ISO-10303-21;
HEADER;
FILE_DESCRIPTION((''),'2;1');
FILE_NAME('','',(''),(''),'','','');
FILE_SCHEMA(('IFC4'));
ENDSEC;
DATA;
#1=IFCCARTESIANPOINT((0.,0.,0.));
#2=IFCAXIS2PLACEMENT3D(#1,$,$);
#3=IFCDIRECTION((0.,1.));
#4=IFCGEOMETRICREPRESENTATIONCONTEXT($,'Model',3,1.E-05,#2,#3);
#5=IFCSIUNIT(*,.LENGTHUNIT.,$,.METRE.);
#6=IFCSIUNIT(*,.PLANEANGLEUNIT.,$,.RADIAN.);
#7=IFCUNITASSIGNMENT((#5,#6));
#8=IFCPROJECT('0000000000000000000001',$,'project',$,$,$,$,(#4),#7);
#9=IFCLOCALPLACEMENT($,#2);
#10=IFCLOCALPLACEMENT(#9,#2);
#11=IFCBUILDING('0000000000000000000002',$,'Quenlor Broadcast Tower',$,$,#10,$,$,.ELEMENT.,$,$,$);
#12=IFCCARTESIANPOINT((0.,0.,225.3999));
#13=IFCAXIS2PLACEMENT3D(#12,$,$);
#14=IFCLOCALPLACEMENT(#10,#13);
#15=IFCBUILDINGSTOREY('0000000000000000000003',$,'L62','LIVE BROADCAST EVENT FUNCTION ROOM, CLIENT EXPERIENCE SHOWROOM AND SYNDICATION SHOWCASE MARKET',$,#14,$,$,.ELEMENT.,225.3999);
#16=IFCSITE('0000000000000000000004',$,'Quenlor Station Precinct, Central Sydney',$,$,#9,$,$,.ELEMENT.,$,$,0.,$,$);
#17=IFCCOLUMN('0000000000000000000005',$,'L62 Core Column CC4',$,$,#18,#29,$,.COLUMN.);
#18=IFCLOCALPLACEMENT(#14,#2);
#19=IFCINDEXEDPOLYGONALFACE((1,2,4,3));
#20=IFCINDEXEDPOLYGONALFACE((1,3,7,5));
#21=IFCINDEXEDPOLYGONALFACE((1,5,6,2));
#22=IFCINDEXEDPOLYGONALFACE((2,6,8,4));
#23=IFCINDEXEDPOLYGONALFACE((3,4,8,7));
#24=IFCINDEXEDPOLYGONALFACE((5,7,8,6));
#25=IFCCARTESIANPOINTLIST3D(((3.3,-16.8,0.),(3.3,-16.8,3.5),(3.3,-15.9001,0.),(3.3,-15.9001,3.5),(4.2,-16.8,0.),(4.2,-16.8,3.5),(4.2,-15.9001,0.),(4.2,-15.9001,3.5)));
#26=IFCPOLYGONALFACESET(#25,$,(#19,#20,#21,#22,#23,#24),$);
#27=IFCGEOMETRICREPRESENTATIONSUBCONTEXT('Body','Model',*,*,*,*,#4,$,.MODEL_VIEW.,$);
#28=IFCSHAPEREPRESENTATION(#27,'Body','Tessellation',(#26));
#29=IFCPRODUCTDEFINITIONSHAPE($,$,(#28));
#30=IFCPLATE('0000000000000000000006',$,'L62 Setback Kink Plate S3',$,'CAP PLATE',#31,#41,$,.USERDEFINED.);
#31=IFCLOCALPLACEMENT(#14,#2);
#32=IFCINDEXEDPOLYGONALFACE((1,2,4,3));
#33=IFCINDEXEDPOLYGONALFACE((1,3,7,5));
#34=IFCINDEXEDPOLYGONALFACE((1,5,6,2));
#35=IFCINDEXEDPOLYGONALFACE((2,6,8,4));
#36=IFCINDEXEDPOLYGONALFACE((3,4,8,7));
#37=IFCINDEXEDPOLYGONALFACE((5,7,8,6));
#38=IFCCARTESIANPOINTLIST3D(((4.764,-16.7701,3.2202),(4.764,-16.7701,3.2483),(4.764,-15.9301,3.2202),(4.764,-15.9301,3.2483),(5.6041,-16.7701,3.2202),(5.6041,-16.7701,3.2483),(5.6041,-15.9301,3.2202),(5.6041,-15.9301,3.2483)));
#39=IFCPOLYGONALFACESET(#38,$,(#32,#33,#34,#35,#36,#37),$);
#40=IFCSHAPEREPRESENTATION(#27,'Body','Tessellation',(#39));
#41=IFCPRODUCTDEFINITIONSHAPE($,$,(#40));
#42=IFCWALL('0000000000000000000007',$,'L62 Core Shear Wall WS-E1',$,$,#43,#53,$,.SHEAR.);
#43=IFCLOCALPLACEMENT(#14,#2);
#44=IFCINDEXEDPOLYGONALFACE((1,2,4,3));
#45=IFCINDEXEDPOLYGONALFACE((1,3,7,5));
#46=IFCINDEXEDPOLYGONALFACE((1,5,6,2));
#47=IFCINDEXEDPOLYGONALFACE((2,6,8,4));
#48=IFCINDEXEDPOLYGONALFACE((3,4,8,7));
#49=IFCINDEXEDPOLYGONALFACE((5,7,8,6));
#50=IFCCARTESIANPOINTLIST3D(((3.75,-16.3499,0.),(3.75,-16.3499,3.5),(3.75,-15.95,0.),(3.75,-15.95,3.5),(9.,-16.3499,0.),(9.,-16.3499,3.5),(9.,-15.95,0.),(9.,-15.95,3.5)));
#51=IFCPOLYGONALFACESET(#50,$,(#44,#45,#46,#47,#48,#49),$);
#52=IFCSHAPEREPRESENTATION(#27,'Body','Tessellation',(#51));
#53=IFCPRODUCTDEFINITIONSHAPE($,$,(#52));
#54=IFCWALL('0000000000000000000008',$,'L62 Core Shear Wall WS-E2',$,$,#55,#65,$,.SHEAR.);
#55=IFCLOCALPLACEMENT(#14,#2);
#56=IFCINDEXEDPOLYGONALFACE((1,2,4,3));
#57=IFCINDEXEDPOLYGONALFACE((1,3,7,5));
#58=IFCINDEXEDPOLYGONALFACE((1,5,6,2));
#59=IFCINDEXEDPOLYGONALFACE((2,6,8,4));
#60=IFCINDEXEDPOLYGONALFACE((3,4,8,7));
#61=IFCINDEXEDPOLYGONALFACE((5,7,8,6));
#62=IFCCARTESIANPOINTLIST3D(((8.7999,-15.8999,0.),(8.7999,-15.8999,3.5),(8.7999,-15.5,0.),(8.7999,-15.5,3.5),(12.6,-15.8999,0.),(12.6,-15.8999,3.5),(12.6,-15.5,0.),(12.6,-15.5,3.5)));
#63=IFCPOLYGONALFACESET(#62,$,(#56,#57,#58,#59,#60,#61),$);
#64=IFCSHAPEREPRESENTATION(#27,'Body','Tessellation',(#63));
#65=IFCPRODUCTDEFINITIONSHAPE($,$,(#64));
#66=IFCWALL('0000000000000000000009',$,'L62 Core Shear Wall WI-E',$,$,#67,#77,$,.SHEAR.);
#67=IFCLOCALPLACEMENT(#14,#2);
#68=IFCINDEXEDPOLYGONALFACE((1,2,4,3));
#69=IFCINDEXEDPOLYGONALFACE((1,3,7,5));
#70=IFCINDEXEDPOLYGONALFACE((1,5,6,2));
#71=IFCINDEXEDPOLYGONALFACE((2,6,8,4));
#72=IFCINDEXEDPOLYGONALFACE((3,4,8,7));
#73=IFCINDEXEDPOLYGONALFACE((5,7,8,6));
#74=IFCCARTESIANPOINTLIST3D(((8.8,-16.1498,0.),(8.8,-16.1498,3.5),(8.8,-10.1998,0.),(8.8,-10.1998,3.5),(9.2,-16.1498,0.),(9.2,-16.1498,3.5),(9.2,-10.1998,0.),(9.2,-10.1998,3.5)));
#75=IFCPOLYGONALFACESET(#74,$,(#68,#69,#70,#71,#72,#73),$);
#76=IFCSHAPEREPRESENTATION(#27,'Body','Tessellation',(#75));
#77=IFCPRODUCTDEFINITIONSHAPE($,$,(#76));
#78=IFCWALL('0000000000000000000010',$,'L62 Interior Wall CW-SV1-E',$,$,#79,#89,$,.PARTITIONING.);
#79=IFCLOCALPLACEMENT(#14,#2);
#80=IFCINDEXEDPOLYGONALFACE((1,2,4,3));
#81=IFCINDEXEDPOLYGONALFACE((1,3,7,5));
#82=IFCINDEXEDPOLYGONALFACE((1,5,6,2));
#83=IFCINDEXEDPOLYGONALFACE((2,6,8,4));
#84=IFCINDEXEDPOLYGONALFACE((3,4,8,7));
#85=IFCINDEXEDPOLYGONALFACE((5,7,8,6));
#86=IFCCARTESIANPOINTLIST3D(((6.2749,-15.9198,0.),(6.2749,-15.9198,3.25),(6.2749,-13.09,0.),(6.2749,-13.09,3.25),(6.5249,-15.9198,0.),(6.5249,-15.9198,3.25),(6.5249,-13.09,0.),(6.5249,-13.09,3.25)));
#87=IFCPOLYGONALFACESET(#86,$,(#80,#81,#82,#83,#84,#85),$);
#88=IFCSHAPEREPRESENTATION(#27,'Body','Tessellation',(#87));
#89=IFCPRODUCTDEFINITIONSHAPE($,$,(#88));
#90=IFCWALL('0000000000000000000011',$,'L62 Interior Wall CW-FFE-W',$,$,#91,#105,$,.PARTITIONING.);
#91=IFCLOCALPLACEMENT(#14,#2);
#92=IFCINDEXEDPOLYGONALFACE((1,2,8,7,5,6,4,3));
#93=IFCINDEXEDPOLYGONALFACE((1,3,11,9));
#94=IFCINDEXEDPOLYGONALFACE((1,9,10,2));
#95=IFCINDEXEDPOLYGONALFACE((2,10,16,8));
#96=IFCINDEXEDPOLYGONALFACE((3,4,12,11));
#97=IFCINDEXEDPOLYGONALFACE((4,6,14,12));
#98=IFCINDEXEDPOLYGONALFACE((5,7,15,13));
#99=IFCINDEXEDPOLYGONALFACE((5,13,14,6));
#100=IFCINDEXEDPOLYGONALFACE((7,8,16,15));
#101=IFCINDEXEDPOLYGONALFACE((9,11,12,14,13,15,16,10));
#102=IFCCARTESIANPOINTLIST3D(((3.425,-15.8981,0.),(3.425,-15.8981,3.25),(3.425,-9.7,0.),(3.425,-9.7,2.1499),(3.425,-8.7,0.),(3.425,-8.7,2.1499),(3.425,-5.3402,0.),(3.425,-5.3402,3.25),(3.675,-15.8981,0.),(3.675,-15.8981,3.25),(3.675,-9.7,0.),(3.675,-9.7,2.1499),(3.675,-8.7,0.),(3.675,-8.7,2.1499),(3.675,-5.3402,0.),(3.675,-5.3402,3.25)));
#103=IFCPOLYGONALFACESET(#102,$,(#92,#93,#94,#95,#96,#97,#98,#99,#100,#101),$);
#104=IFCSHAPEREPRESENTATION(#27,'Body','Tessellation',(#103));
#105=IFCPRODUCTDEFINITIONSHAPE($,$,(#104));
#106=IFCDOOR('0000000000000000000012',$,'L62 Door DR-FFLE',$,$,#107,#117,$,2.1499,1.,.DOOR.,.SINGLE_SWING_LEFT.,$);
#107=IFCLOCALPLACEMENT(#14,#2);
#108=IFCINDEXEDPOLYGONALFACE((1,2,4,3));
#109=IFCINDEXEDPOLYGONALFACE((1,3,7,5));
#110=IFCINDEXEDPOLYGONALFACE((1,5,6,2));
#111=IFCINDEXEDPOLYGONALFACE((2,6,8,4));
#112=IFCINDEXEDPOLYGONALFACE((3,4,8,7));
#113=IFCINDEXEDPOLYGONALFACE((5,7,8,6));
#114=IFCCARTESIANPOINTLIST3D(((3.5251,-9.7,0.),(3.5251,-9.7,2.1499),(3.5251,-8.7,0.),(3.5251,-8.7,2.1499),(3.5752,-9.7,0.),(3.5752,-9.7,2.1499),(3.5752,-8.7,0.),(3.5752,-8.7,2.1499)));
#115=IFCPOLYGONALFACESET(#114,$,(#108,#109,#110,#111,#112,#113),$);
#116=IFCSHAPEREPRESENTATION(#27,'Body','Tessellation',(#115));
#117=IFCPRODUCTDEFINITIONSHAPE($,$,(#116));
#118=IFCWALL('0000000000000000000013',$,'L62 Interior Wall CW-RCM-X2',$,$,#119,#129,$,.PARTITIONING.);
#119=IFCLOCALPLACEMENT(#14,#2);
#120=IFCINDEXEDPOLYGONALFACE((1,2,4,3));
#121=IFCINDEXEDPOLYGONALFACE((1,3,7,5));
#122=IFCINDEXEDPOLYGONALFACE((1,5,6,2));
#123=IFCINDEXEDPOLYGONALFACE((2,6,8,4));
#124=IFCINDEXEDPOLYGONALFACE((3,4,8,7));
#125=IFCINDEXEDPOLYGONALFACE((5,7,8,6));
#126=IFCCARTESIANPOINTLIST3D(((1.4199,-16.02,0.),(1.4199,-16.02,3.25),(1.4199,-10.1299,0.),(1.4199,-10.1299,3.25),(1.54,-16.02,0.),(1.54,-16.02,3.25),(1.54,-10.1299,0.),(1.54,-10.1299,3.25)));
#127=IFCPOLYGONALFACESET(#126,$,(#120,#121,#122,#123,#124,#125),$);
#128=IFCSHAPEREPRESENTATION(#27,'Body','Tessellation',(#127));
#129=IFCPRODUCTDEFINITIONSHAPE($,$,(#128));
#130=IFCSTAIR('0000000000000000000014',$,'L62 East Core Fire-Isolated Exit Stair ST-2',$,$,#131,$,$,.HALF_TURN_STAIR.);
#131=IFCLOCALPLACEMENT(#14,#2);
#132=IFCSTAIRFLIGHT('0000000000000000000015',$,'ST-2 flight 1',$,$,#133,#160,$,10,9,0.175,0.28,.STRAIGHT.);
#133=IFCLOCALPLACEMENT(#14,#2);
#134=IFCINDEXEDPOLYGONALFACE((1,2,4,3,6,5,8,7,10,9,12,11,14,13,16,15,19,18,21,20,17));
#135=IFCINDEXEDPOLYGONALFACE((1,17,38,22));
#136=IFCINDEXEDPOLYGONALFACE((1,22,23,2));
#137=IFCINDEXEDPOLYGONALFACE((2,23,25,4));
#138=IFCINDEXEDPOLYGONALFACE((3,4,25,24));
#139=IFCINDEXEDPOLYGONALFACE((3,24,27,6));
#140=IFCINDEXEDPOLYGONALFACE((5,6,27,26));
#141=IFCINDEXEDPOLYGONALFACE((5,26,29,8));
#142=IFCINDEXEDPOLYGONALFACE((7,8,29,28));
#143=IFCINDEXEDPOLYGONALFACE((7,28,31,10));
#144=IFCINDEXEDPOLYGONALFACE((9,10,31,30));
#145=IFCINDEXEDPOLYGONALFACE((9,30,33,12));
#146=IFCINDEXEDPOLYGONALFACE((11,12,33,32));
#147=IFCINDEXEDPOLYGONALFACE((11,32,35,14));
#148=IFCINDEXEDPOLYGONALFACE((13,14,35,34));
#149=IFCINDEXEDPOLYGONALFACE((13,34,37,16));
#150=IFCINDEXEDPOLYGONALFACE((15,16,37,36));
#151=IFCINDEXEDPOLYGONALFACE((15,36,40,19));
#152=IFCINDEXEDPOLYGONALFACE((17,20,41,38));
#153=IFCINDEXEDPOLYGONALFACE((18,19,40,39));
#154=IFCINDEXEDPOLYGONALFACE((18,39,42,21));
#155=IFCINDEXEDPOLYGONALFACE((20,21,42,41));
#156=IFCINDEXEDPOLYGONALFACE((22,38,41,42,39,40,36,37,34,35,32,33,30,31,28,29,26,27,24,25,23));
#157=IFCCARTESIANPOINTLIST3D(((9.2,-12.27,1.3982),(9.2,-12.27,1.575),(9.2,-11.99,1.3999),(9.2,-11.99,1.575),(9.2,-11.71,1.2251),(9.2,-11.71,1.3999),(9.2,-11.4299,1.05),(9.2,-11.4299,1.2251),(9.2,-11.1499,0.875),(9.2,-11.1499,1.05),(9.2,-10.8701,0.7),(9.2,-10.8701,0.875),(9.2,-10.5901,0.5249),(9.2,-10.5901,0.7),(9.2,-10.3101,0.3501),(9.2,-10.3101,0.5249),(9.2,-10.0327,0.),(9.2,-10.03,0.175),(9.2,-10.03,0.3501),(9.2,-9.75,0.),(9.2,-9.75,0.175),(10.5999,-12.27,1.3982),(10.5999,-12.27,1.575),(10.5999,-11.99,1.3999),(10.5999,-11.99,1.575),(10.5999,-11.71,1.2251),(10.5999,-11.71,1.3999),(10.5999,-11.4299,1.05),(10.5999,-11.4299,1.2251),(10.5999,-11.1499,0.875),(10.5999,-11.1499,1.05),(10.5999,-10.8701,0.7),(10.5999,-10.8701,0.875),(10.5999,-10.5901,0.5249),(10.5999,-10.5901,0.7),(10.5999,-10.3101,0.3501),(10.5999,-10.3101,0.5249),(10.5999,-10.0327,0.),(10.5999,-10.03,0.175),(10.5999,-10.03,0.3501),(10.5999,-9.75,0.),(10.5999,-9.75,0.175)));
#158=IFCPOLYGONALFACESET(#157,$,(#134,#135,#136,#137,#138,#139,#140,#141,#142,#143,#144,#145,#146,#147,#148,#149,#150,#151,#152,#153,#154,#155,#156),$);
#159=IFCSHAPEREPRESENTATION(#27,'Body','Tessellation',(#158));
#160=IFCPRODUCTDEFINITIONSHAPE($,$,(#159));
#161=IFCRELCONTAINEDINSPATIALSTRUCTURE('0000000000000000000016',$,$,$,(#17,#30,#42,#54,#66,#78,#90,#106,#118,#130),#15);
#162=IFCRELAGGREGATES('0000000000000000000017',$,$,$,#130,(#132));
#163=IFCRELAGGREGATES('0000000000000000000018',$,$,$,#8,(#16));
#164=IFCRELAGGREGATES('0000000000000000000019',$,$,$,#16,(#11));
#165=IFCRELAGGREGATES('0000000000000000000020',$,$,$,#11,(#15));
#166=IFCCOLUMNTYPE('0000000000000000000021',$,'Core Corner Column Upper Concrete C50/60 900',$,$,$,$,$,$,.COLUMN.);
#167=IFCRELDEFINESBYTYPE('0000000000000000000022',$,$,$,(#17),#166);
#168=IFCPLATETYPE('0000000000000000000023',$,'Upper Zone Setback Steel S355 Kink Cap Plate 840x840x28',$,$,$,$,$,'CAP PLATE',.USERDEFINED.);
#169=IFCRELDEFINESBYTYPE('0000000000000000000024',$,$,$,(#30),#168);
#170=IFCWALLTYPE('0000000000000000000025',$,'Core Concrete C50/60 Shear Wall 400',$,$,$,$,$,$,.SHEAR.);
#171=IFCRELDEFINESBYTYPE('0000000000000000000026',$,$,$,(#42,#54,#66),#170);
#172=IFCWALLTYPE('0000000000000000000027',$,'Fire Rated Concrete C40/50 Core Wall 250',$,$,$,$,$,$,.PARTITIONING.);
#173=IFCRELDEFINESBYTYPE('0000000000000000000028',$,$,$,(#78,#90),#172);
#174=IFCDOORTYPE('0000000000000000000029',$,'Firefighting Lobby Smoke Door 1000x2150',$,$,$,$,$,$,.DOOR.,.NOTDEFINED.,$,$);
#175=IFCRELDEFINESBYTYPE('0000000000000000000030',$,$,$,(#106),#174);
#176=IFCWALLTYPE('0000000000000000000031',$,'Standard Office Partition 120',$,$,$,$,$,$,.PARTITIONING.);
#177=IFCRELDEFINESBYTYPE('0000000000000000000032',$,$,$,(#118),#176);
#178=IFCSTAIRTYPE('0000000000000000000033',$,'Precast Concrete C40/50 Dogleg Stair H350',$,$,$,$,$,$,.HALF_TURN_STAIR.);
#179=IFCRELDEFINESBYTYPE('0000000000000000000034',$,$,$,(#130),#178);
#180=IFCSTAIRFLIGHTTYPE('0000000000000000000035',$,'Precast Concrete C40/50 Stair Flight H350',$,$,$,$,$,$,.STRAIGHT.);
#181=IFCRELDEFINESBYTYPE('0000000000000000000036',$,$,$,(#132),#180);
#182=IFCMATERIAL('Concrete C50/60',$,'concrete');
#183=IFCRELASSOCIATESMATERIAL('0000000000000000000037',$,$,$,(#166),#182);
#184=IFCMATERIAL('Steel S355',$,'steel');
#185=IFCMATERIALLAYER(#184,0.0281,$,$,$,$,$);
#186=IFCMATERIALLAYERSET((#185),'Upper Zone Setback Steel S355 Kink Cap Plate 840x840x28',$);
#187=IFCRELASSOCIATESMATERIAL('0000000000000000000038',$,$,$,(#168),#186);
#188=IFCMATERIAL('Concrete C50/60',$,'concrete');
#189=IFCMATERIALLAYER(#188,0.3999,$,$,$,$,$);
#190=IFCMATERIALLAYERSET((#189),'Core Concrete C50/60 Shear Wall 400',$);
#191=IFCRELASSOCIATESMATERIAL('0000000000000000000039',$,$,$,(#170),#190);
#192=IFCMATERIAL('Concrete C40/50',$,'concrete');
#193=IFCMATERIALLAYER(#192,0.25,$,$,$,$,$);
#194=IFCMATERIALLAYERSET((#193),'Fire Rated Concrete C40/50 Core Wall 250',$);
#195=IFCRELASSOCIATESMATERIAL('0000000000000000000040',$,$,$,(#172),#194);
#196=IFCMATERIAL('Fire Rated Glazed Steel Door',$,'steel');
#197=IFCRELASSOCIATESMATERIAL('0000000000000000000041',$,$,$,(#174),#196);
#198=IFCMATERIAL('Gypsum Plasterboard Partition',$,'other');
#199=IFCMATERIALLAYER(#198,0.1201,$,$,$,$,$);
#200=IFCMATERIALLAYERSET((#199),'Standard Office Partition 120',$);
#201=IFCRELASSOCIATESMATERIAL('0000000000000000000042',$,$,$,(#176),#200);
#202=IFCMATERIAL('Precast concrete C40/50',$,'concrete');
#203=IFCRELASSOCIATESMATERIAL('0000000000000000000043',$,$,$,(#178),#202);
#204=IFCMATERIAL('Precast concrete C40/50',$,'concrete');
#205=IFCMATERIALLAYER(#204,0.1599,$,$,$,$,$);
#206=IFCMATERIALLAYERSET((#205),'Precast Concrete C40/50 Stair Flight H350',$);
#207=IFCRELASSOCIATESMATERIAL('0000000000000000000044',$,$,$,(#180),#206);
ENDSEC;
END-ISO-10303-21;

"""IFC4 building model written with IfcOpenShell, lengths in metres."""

from ifc_helpers import new_model, si_unit, direction, frame, frame_2d, origin, origin_2d, place, context, subcontext, project, spatial, polyline, rectangle, outline, extrude, material, layer, layer_set, material_profile, profile_set, type_object, element, fill, aggregate, save


model = new_model("IFC4")

# Units and contexts
model_context = context("Model", 3, precision=1e-05, world=origin(), true_north=direction((0.0, 1.0)))
body_context = subcontext(model_context, "Body", "Model", "MODEL_VIEW")
ifc_project = project(units=[si_unit("LENGTHUNIT", "METRE"), si_unit("PLANEANGLEUNIT", "RADIAN")], contexts=[model_context])

# Site, building, storey
site_placement = place(None, origin())
site = spatial("IfcSite", under=ifc_project, at=site_placement, Name="Quenlor Station Precinct, Central Sydney", CompositionType="ELEMENT", RefElevation=0.0)
building_placement = place(site_placement, origin())
building = spatial("IfcBuilding", under=site, at=building_placement, Name="Quenlor Broadcast Tower", CompositionType="ELEMENT")
storey_placement = place(building_placement, frame((0.0, 0.0, 225.3999)))
storey = spatial("IfcBuildingStorey", under=building, at=storey_placement, Name="L62", Description="LIVE BROADCAST EVENT FUNCTION ROOM, CLIENT EXPERIENCE SHOWROOM AND SYNDICATION SHOWCASE MARKET", CompositionType="ELEMENT", Elevation=225.3999)

# Column
ifc_material_1 = material(Name="Concrete C50/60", Category="concrete")
ifc_material_profile = material_profile(ifc_material_1, rectangle(XDim=0.8999, YDim=0.8999, at=origin_2d()))
ifc_profile_set = profile_set([ifc_material_profile], Name="Concrete C50/60 RC900x900")
column_type = type_object("IfcColumnType", Name="Core Corner Column Upper Concrete C50/60 900", PredefinedType="COLUMN", material=ifc_profile_set)
column_placement = place(storey_placement, frame((3.75, -16.3501, 0.0), z_axis=(0.0, 0.0, 1.0), x_axis=(1.0, 0.0, 0.0)))
element("IfcColumn", 1, at=column_placement, inside=storey, type_object=column_type, Name="L62 Core Column CC4", PredefinedType="COLUMN", context=body_context, shape_type="SweptSolid", body=[
    extrude(rectangle(XDim=0.8999, YDim=0.8999, at=origin_2d()), origin(), (0.0, 0.0, 1.0), 3.5),
])

# Plate
ifc_material_2 = material(Name="Steel S355", Category="steel")
ifc_layer_1 = layer(ifc_material_2, 0.0281)
ifc_layer_set_1 = layer_set([ifc_layer_1], Name="Upper Zone Setback Steel S355 Kink Cap Plate 840x840x28")
plate_type = type_object("IfcPlateType", Name="Upper Zone Setback Steel S355 Kink Cap Plate 840x840x28", ElementType="CAP PLATE", PredefinedType="USERDEFINED", material=ifc_layer_set_1)
plate_placement = place(storey_placement, frame((5.1841, -16.3501, 3.2202), z_axis=(0.0, 0.0, 1.0), x_axis=(0.0, 1.0, 0.0)))
element("IfcPlate", 2, at=plate_placement, inside=storey, type_object=plate_type, Name="L62 Setback Kink Plate S3", ObjectType="CAP PLATE", PredefinedType="USERDEFINED", context=body_context, shape_type="SweptSolid", body=[
    extrude(rectangle(XDim=0.8401, YDim=0.8401, at=origin_2d()), origin(), (0.0, 0.0, 1.0), 0.0281),
])

# Walls
ifc_material_3 = material(Name="Concrete C50/60", Category="concrete")
ifc_layer_2 = layer(ifc_material_3, 0.3999)
ifc_layer_set_2 = layer_set([ifc_layer_2], Name="Core Concrete C50/60 Shear Wall 400")
wall_type_1 = type_object("IfcWallType", Name="Core Concrete C50/60 Shear Wall 400", PredefinedType="SHEAR", material=ifc_layer_set_2)
wall_1_placement = place(storey_placement, frame((3.75, -16.1499, 0.0), z_axis=(0.0, 0.0, 1.0), x_axis=(1.0, 0.0, 0.0)))
element("IfcWall", 3, at=wall_1_placement, inside=storey, type_object=wall_type_1, Name="L62 Core Shear Wall WS-E1", PredefinedType="SHEAR", context=body_context, shape_type="SweptSolid", body=[
    extrude(rectangle(XDim=5.25, YDim=0.3999, at=frame_2d((2.625, 0.0))), origin(), (0.0, 0.0, 1.0), 3.5),
])
wall_2_placement = place(storey_placement, frame((8.8, -15.7, 0.0), z_axis=(0.0, 0.0, 1.0), x_axis=(1.0, 0.0, 0.0)))
element("IfcWall", 4, at=wall_2_placement, inside=storey, type_object=wall_type_1, Name="L62 Core Shear Wall WS-E2", PredefinedType="SHEAR", context=body_context, shape_type="SweptSolid", body=[
    extrude(rectangle(XDim=3.8, YDim=0.3999, at=frame_2d((1.8999, 0.0))), origin(), (0.0, 0.0, 1.0), 3.5),
])
wall_3_placement = place(storey_placement, frame((9.0, -16.1499, 0.0), z_axis=(0.0, 0.0, 1.0), x_axis=(0.0, 1.0, 0.0)))
element("IfcWall", 5, at=wall_3_placement, inside=storey, type_object=wall_type_1, Name="L62 Core Shear Wall WI-E", PredefinedType="SHEAR", context=body_context, shape_type="SweptSolid", body=[
    extrude(rectangle(XDim=5.95, YDim=0.3999, at=frame_2d((2.9751, 0.0))), origin(), (0.0, 0.0, 1.0), 3.5),
])

# Shared definitions
ifc_material_4 = material(Name="Concrete C40/50", Category="concrete")
ifc_layer_3 = layer(ifc_material_4, 0.25)
ifc_layer_set_3 = layer_set([ifc_layer_3], Name="Fire Rated Concrete C40/50 Core Wall 250")
wall_type_2 = type_object("IfcWallType", Name="Fire Rated Concrete C40/50 Core Wall 250", PredefinedType="PARTITIONING", material=ifc_layer_set_3)

# Wall
wall_4_placement = place(storey_placement, frame((6.3999, -15.9199, 0.0), z_axis=(0.0, 0.0, 1.0), x_axis=(0.0, 1.0, 0.0)))
element("IfcWall", 6, at=wall_4_placement, inside=storey, type_object=wall_type_2, Name="L62 Interior Wall CW-SV1-E", PredefinedType="PARTITIONING", context=body_context, shape_type="SweptSolid", body=[
    extrude(rectangle(XDim=2.8298, YDim=0.25, at=frame_2d((1.415, 0.0))), origin(), (0.0, 0.0, 1.0), 3.25),
])

# Wall, opening, door
wall_5_placement = place(storey_placement, frame((3.55, -15.8979, 0.0), z_axis=(0.0, 0.0, 1.0), x_axis=(0.0, 1.0, 0.0)))
wall_5 = element("IfcWall", 7, at=wall_5_placement, inside=storey, type_object=wall_type_2, Name="L62 Interior Wall CW-FFE-W", PredefinedType="PARTITIONING", context=body_context, shape_type="SweptSolid", body=[
    extrude(rectangle(XDim=10.5579, YDim=0.25, at=frame_2d((5.2788, 0.0))), origin(), (0.0, 0.0, 1.0), 3.25),
])
opening_1_placement = place(wall_5_placement, frame((6.198, 0.0, 0.0)))
opening_1 = element("IfcOpeningElement", 8, at=opening_1_placement, cuts=wall_5, PredefinedType="OPENING", context=body_context, shape_type="SweptSolid", body=[
    extrude(rectangle(XDim=1.0, YDim=2.1499, at=frame_2d((0.5, 1.075))), frame((0.0, 0.135, 0.0), z_axis=(0.0, -1.0, 0.0), x_axis=(1.0, 0.0, 0.0)), (0.0, 0.0, 1.0), 0.27),
])
ifc_material_5 = material(Name="Fire Rated Glazed Steel Door", Category="steel")
door_type_1 = type_object("IfcDoorType", Name="Firefighting Lobby Smoke Door 1000x2150", OperationType="NOTDEFINED", PredefinedType="DOOR", material=ifc_material_5)
door_1_placement = place(opening_1_placement, origin())
door_1 = element("IfcDoor", 9, at=door_1_placement, inside=storey, type_object=door_type_1, Name="L62 Door DR-FFLE", OperationType="SINGLE_SWING_LEFT", OverallHeight=2.1499, OverallWidth=1.0, PredefinedType="DOOR", context=body_context, shape_type="SweptSolid", body=[
    extrude(rectangle(XDim=1.0, YDim=2.1499, at=frame_2d((0.5, 1.075))), frame((0.0, 0.0249, 0.0), z_axis=(0.0, -1.0, 0.0), x_axis=(1.0, 0.0, 0.0)), (0.0, 0.0, 1.0), 0.05),
])
fill(opening_1, door_1)

# Wall
ifc_material_6 = material(Name="Gypsum Plasterboard Partition", Category="other")
ifc_layer_4 = layer(ifc_material_6, 0.1201)
ifc_layer_set_4 = layer_set([ifc_layer_4], Name="Standard Office Partition 120")
wall_type_3 = type_object("IfcWallType", Name="Standard Office Partition 120", PredefinedType="PARTITIONING", material=ifc_layer_set_4)
wall_6_placement = place(storey_placement, frame((1.48, -16.02, 0.0), z_axis=(0.0, 0.0, 1.0), x_axis=(0.0, 1.0, 0.0)))
element("IfcWall", 10, at=wall_6_placement, inside=storey, type_object=wall_type_3, Name="L62 Interior Wall CW-RCM-X2", PredefinedType="PARTITIONING", context=body_context, shape_type="SweptSolid", body=[
    extrude(rectangle(XDim=5.8901, YDim=0.1201, at=frame_2d((2.9451, 0.0))), origin(), (0.0, 0.0, 1.0), 3.25),
])

# Stair, stair flight
ifc_material_7 = material(Name="Precast concrete C40/50", Category="concrete")
stair_type = type_object("IfcStairType", Name="Precast Concrete C40/50 Dogleg Stair H350", PredefinedType="HALF_TURN_STAIR", material=ifc_material_7)
stair_placement = place(storey_placement, origin())
stair = element("IfcStair", 11, at=stair_placement, inside=storey, type_object=stair_type, Name="L62 East Core Fire-Isolated Exit Stair ST-2", PredefinedType="HALF_TURN_STAIR")
ifc_material_8 = material(Name="Precast concrete C40/50", Category="concrete")
ifc_layer_5 = layer(ifc_material_8, 0.1599)
ifc_layer_set_5 = layer_set([ifc_layer_5], Name="Precast Concrete C40/50 Stair Flight H350")
stair_flight_type = type_object("IfcStairFlightType", Name="Precast Concrete C40/50 Stair Flight H350", PredefinedType="STRAIGHT", material=ifc_layer_set_5)
stair_flight_placement = place(storey_placement, frame((9.8999, -9.75, 0.0), z_axis=(0.0, 0.0, 1.0), x_axis=(0.0, -1.0, 0.0)))
stair_flight = element("IfcStairFlight", 12, at=stair_flight_placement, type_object=stair_flight_type, Name="ST-2 flight 1", NumberOfRisers=10, NumberOfTreads=9, PredefinedType="STRAIGHT", RiserHeight=0.175, TreadLength=0.28, context=body_context, shape_type="SweptSolid", body=[
    extrude(outline(polyline([(0.0, 0.0), (0.0, 0.175), (0.28, 0.175), (0.28, 0.3501), (0.5601, 0.3501), (0.5601, 0.5249), (0.8401, 0.5249), (0.8401, 0.7), (1.1201, 0.7), (1.1201, 0.875), (1.3999, 0.875), (1.3999, 1.05), (1.6799, 1.05), (1.6799, 1.2251), (1.96, 1.2251), (1.96, 1.3999), (2.24, 1.3999), (2.24, 1.575), (2.52, 1.575), (2.52, 1.75), (2.52, 1.3982), (0.2827, 0.0), (0.0, 0.0)])), frame((0.0, 0.7, 0.0), z_axis=(0.0, -1.0, 0.0), x_axis=(1.0, 0.0, 0.0)), (0.0, 0.0, 1.0), 1.3999),
])
aggregate(stair, [stair_flight])

save(model, "model.ifc")
